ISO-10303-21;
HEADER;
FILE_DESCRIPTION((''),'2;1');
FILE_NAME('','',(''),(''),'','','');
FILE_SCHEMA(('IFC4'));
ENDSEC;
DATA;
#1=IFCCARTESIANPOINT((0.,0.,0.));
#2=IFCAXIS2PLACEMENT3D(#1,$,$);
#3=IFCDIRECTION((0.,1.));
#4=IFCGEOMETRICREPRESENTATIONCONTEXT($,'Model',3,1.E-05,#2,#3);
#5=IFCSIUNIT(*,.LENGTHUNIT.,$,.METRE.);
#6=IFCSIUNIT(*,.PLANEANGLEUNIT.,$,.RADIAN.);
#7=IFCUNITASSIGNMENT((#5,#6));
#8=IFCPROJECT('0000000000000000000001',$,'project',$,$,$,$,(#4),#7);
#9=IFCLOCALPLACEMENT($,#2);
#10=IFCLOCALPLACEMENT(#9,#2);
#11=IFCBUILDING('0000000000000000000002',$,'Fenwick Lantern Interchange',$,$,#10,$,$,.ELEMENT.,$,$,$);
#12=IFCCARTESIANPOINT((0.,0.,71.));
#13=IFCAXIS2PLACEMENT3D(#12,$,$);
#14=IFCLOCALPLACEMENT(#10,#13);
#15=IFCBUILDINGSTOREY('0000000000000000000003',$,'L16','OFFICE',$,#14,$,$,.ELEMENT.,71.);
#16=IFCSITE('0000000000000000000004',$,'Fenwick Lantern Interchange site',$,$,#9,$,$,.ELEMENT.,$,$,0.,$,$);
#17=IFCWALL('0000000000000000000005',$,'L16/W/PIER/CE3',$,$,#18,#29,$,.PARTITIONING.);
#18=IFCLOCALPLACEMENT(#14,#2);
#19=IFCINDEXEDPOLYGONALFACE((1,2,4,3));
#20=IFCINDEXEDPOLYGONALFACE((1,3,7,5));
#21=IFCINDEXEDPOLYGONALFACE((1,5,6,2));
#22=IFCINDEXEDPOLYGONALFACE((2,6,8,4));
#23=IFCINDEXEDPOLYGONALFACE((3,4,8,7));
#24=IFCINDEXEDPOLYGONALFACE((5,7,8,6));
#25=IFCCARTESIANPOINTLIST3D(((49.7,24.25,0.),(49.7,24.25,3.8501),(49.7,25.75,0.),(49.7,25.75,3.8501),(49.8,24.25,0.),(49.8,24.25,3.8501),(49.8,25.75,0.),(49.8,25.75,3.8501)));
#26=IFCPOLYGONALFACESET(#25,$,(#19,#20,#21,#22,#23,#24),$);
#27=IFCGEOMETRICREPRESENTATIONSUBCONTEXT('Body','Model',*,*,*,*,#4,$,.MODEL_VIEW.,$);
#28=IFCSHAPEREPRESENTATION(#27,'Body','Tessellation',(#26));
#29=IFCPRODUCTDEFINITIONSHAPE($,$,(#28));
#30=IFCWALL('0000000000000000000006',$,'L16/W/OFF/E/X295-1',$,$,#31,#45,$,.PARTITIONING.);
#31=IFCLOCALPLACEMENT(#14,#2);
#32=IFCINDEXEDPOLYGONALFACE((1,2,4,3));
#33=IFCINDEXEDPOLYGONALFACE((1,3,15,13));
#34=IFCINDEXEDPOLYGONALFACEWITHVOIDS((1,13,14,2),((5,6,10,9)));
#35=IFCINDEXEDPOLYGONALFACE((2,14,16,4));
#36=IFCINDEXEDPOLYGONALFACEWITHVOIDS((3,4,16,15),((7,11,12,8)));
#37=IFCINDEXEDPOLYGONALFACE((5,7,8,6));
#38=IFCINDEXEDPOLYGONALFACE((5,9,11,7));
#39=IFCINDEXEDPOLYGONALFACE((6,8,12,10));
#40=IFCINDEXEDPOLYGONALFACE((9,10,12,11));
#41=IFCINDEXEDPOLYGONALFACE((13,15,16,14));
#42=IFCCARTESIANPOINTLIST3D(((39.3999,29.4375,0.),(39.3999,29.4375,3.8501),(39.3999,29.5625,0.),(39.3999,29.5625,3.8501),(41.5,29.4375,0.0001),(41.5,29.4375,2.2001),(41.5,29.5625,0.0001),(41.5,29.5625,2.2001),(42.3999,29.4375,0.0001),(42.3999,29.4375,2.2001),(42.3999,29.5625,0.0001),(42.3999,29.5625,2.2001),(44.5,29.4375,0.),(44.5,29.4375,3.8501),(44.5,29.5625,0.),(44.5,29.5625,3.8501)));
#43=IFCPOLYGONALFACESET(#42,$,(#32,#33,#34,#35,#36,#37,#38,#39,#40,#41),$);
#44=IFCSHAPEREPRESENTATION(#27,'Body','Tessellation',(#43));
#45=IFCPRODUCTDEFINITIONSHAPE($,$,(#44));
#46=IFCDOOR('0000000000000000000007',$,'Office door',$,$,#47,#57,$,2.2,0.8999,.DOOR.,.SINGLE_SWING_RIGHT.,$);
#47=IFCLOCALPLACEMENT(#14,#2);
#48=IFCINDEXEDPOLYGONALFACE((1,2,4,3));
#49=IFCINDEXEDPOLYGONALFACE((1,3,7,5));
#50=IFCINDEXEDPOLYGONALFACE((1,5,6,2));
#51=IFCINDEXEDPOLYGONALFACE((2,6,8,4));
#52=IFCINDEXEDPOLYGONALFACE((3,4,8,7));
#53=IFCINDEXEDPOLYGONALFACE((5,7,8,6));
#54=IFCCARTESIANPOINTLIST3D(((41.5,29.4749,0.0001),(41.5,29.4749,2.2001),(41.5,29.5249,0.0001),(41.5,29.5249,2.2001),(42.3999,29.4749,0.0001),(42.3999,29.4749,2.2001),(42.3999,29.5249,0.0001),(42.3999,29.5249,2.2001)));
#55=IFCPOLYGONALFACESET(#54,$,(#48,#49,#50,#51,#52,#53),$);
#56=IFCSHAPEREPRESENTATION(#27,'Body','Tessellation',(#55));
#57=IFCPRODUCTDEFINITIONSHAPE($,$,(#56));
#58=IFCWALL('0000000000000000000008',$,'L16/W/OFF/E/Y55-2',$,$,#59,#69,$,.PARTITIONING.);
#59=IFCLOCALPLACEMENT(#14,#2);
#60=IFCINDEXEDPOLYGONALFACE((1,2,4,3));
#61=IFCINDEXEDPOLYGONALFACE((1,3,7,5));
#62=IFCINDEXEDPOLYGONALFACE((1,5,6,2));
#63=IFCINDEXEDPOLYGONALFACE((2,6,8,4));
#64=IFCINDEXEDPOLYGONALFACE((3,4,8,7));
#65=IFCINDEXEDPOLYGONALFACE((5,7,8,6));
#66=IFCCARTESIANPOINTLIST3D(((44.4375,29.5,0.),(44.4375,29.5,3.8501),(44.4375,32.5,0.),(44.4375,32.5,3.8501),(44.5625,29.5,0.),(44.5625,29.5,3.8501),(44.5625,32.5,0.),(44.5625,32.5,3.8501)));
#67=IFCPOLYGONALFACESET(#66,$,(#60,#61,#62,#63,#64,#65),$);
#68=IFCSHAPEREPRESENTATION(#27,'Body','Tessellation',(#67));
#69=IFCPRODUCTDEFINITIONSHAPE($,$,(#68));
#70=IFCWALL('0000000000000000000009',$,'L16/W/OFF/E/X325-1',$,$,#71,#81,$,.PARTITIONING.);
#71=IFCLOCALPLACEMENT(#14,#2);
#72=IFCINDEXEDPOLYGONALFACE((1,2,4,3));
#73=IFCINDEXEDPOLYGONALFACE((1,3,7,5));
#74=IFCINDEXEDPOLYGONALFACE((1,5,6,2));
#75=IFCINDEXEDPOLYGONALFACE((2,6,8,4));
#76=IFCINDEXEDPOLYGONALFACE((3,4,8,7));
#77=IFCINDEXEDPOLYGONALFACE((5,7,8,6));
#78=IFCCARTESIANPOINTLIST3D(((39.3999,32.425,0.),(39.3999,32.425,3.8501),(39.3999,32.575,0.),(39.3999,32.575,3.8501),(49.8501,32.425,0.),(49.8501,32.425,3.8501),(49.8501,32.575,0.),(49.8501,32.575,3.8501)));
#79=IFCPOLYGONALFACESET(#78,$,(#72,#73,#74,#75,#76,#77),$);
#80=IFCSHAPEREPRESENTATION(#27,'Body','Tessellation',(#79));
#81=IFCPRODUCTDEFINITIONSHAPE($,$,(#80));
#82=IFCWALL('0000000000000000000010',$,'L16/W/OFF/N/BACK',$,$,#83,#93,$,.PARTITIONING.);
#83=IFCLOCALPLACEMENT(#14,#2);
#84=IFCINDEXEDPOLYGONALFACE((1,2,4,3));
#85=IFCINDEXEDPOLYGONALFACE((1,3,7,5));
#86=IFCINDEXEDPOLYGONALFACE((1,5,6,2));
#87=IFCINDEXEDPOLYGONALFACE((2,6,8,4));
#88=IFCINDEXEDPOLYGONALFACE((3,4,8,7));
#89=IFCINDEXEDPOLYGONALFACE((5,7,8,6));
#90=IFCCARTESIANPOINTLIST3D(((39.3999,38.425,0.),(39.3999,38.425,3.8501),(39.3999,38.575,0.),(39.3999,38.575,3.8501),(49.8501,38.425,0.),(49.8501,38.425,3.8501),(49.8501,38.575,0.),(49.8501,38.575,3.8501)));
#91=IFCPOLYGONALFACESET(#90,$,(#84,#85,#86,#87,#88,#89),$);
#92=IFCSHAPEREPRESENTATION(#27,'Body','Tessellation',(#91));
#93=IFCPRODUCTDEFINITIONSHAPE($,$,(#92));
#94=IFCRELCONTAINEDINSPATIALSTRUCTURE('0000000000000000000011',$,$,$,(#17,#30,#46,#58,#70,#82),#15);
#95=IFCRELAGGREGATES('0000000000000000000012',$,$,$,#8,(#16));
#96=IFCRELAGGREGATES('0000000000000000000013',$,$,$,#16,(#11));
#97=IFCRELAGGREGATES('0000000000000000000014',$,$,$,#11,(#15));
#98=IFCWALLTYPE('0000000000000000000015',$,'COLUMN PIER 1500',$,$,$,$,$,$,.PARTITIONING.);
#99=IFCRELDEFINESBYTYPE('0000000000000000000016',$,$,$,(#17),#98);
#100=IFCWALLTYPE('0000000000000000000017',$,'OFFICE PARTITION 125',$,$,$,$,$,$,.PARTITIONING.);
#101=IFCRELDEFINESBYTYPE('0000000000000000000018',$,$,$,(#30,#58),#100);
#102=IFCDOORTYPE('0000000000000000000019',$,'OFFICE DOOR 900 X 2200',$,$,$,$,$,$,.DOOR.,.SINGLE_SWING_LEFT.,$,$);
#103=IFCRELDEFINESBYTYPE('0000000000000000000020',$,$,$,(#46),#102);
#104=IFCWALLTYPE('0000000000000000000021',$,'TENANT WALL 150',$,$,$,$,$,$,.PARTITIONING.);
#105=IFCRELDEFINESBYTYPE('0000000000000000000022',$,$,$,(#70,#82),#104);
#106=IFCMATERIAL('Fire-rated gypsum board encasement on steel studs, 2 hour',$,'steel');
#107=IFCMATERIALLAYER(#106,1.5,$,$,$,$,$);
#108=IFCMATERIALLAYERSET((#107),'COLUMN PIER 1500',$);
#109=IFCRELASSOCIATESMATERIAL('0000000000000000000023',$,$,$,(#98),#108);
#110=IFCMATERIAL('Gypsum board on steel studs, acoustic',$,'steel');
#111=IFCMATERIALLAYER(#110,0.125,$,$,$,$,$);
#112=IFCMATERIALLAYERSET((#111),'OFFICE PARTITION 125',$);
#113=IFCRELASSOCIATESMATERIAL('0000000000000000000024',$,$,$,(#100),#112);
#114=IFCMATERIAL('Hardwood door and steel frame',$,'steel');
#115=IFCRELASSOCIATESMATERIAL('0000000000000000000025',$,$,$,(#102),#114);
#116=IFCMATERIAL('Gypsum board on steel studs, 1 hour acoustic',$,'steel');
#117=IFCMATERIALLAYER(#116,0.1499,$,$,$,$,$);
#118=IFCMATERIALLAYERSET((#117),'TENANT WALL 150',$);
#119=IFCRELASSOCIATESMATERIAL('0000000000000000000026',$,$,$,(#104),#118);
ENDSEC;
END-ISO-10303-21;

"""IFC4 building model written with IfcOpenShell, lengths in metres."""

from ifc_helpers import new_model, si_unit, direction, frame, frame_2d, origin, place, context, subcontext, project, spatial, rectangle, extrude, material, layer, layer_set, type_object, element, fill, save


model = new_model("IFC4")

# Units and contexts
model_context = context("Model", 3, precision=1e-05, world=origin(), true_north=direction((0.0, 1.0)))
body_context = subcontext(model_context, "Body", "Model", "MODEL_VIEW")
ifc_project = project(units=[si_unit("LENGTHUNIT", "METRE"), si_unit("PLANEANGLEUNIT", "RADIAN")], contexts=[model_context])

# Site, building, storey
site_placement = place(None, origin())
site = spatial("IfcSite", under=ifc_project, at=site_placement, Name="Fenwick Lantern Interchange site", CompositionType="ELEMENT", RefElevation=0.0)
building_placement = place(site_placement, origin())
building = spatial("IfcBuilding", under=site, at=building_placement, Name="Fenwick Lantern Interchange", CompositionType="ELEMENT")
storey_placement = place(building_placement, frame((0.0, 0.0, 71.0)))
storey = spatial("IfcBuildingStorey", under=building, at=storey_placement, Name="L16", Description="OFFICE", CompositionType="ELEMENT", Elevation=71.0)

# Wall
ifc_material_1 = material(Name="Fire-rated gypsum board encasement on steel studs, 2 hour", Category="steel")
ifc_layer_1 = layer(ifc_material_1, 1.5)
ifc_layer_set_1 = layer_set([ifc_layer_1], Name="COLUMN PIER 1500")
wall_type_1 = type_object("IfcWallType", Name="COLUMN PIER 1500", PredefinedType="PARTITIONING", material=ifc_layer_set_1)
wall_1_placement = place(storey_placement, frame((49.8, 25.0, 0.0), z_axis=(0.0, 0.0, 1.0), x_axis=(-1.0, 0.0, 0.0)))
element("IfcWall", 1, at=wall_1_placement, inside=storey, type_object=wall_type_1, Name="L16/W/PIER/CE3", PredefinedType="PARTITIONING", context=body_context, shape_type="SweptSolid", body=[
    extrude(rectangle(XDim=0.1001, YDim=1.5, at=frame_2d((0.05, 0.0))), origin(), (0.0, 0.0, 1.0), 3.8501),
])

# Wall, opening, door
ifc_material_2 = material(Name="Gypsum board on steel studs, acoustic", Category="steel")
ifc_layer_2 = layer(ifc_material_2, 0.125)
ifc_layer_set_2 = layer_set([ifc_layer_2], Name="OFFICE PARTITION 125")
wall_type_2 = type_object("IfcWallType", Name="OFFICE PARTITION 125", PredefinedType="PARTITIONING", material=ifc_layer_set_2)
wall_2_placement = place(storey_placement, frame((44.5, 29.5, 0.0), z_axis=(0.0, 0.0, 1.0), x_axis=(-1.0, 0.0, 0.0)))
wall_2 = element("IfcWall", 2, at=wall_2_placement, inside=storey, type_object=wall_type_2, Name="L16/W/OFF/E/X295-1", PredefinedType="PARTITIONING", context=body_context, shape_type="SweptSolid", body=[
    extrude(rectangle(XDim=5.1001, YDim=0.125, at=frame_2d((2.55, 0.0))), origin(), (0.0, 0.0, 1.0), 3.8501),
])
opening_placement = place(wall_2_placement, frame((2.1001, 0.0, 0.0)))
opening = element("IfcOpeningElement", 3, at=opening_placement, cuts=wall_2, PredefinedType="OPENING", context=body_context, shape_type="SweptSolid", body=[
    extrude(rectangle(XDim=0.8999, YDim=2.2, at=frame_2d((0.45, 1.1001))), frame((0.0, 0.0725, 0.0), z_axis=(0.0, -1.0, 0.0), x_axis=(1.0, 0.0, 0.0)), (0.0, 0.0, 1.0), 0.145),
])
ifc_material_3 = material(Name="Hardwood door and steel frame", Category="steel")
door_type = type_object("IfcDoorType", Name="OFFICE DOOR 900 X 2200", OperationType="SINGLE_SWING_LEFT", PredefinedType="DOOR", material=ifc_material_3)
door_placement = place(opening_placement, frame((0.8999, 0.0, 0.0), z_axis=(0.0, 0.0, 1.0), x_axis=(-1.0, 0.0, 0.0)))
door = element("IfcDoor", 4, at=door_placement, inside=storey, type_object=door_type, Name="Office door", OperationType="SINGLE_SWING_RIGHT", OverallHeight=2.2, OverallWidth=0.8999, PredefinedType="DOOR", context=body_context, shape_type="SweptSolid", body=[
    extrude(rectangle(XDim=0.8999, YDim=2.2, at=frame_2d((0.45, 1.1001))), frame((0.0, 0.0249, 0.0), z_axis=(0.0, -1.0, 0.0), x_axis=(1.0, 0.0, 0.0)), (0.0, 0.0, 1.0), 0.05),
])
fill(opening, door)

# Walls
wall_3_placement = place(storey_placement, frame((44.5, 29.5, 0.0), z_axis=(0.0, 0.0, 1.0), x_axis=(0.0, 1.0, 0.0)))
element("IfcWall", 5, at=wall_3_placement, inside=storey, type_object=wall_type_2, Name="L16/W/OFF/E/Y55-2", PredefinedType="PARTITIONING", context=body_context, shape_type="SweptSolid", body=[
    extrude(rectangle(XDim=3.0, YDim=0.125, at=frame_2d((1.5, 0.0))), origin(), (0.0, 0.0, 1.0), 3.8501),
])
ifc_material_4 = material(Name="Gypsum board on steel studs, 1 hour acoustic", Category="steel")
ifc_layer_3 = layer(ifc_material_4, 0.1499)
ifc_layer_set_3 = layer_set([ifc_layer_3], Name="TENANT WALL 150")
wall_type_3 = type_object("IfcWallType", Name="TENANT WALL 150", PredefinedType="PARTITIONING", material=ifc_layer_set_3)
for number, where, z_axis, x_axis, name in (
    (6, (49.8501, 32.5, 0.0), (0.0, 0.0, 1.0), (-1.0, 0.0, 0.0), "L16/W/OFF/E/X325-1"),
    (7, (49.8501, 38.5, 0.0), (0.0, 0.0, 1.0), (-1.0, 0.0, 0.0), "L16/W/OFF/N/BACK"),
):
    element("IfcWall", number, at=place(storey_placement, frame(where, z_axis=z_axis, x_axis=x_axis)), inside=storey, type_object=wall_type_3, Name=name, PredefinedType="PARTITIONING", context=body_context, shape_type="SweptSolid", body=[
        extrude(rectangle(XDim=10.4502, YDim=0.1499, at=frame_2d((5.2251, 0.0))), origin(), (0.0, 0.0, 1.0), 3.8501),
    ])

save(model, "model.ifc")
